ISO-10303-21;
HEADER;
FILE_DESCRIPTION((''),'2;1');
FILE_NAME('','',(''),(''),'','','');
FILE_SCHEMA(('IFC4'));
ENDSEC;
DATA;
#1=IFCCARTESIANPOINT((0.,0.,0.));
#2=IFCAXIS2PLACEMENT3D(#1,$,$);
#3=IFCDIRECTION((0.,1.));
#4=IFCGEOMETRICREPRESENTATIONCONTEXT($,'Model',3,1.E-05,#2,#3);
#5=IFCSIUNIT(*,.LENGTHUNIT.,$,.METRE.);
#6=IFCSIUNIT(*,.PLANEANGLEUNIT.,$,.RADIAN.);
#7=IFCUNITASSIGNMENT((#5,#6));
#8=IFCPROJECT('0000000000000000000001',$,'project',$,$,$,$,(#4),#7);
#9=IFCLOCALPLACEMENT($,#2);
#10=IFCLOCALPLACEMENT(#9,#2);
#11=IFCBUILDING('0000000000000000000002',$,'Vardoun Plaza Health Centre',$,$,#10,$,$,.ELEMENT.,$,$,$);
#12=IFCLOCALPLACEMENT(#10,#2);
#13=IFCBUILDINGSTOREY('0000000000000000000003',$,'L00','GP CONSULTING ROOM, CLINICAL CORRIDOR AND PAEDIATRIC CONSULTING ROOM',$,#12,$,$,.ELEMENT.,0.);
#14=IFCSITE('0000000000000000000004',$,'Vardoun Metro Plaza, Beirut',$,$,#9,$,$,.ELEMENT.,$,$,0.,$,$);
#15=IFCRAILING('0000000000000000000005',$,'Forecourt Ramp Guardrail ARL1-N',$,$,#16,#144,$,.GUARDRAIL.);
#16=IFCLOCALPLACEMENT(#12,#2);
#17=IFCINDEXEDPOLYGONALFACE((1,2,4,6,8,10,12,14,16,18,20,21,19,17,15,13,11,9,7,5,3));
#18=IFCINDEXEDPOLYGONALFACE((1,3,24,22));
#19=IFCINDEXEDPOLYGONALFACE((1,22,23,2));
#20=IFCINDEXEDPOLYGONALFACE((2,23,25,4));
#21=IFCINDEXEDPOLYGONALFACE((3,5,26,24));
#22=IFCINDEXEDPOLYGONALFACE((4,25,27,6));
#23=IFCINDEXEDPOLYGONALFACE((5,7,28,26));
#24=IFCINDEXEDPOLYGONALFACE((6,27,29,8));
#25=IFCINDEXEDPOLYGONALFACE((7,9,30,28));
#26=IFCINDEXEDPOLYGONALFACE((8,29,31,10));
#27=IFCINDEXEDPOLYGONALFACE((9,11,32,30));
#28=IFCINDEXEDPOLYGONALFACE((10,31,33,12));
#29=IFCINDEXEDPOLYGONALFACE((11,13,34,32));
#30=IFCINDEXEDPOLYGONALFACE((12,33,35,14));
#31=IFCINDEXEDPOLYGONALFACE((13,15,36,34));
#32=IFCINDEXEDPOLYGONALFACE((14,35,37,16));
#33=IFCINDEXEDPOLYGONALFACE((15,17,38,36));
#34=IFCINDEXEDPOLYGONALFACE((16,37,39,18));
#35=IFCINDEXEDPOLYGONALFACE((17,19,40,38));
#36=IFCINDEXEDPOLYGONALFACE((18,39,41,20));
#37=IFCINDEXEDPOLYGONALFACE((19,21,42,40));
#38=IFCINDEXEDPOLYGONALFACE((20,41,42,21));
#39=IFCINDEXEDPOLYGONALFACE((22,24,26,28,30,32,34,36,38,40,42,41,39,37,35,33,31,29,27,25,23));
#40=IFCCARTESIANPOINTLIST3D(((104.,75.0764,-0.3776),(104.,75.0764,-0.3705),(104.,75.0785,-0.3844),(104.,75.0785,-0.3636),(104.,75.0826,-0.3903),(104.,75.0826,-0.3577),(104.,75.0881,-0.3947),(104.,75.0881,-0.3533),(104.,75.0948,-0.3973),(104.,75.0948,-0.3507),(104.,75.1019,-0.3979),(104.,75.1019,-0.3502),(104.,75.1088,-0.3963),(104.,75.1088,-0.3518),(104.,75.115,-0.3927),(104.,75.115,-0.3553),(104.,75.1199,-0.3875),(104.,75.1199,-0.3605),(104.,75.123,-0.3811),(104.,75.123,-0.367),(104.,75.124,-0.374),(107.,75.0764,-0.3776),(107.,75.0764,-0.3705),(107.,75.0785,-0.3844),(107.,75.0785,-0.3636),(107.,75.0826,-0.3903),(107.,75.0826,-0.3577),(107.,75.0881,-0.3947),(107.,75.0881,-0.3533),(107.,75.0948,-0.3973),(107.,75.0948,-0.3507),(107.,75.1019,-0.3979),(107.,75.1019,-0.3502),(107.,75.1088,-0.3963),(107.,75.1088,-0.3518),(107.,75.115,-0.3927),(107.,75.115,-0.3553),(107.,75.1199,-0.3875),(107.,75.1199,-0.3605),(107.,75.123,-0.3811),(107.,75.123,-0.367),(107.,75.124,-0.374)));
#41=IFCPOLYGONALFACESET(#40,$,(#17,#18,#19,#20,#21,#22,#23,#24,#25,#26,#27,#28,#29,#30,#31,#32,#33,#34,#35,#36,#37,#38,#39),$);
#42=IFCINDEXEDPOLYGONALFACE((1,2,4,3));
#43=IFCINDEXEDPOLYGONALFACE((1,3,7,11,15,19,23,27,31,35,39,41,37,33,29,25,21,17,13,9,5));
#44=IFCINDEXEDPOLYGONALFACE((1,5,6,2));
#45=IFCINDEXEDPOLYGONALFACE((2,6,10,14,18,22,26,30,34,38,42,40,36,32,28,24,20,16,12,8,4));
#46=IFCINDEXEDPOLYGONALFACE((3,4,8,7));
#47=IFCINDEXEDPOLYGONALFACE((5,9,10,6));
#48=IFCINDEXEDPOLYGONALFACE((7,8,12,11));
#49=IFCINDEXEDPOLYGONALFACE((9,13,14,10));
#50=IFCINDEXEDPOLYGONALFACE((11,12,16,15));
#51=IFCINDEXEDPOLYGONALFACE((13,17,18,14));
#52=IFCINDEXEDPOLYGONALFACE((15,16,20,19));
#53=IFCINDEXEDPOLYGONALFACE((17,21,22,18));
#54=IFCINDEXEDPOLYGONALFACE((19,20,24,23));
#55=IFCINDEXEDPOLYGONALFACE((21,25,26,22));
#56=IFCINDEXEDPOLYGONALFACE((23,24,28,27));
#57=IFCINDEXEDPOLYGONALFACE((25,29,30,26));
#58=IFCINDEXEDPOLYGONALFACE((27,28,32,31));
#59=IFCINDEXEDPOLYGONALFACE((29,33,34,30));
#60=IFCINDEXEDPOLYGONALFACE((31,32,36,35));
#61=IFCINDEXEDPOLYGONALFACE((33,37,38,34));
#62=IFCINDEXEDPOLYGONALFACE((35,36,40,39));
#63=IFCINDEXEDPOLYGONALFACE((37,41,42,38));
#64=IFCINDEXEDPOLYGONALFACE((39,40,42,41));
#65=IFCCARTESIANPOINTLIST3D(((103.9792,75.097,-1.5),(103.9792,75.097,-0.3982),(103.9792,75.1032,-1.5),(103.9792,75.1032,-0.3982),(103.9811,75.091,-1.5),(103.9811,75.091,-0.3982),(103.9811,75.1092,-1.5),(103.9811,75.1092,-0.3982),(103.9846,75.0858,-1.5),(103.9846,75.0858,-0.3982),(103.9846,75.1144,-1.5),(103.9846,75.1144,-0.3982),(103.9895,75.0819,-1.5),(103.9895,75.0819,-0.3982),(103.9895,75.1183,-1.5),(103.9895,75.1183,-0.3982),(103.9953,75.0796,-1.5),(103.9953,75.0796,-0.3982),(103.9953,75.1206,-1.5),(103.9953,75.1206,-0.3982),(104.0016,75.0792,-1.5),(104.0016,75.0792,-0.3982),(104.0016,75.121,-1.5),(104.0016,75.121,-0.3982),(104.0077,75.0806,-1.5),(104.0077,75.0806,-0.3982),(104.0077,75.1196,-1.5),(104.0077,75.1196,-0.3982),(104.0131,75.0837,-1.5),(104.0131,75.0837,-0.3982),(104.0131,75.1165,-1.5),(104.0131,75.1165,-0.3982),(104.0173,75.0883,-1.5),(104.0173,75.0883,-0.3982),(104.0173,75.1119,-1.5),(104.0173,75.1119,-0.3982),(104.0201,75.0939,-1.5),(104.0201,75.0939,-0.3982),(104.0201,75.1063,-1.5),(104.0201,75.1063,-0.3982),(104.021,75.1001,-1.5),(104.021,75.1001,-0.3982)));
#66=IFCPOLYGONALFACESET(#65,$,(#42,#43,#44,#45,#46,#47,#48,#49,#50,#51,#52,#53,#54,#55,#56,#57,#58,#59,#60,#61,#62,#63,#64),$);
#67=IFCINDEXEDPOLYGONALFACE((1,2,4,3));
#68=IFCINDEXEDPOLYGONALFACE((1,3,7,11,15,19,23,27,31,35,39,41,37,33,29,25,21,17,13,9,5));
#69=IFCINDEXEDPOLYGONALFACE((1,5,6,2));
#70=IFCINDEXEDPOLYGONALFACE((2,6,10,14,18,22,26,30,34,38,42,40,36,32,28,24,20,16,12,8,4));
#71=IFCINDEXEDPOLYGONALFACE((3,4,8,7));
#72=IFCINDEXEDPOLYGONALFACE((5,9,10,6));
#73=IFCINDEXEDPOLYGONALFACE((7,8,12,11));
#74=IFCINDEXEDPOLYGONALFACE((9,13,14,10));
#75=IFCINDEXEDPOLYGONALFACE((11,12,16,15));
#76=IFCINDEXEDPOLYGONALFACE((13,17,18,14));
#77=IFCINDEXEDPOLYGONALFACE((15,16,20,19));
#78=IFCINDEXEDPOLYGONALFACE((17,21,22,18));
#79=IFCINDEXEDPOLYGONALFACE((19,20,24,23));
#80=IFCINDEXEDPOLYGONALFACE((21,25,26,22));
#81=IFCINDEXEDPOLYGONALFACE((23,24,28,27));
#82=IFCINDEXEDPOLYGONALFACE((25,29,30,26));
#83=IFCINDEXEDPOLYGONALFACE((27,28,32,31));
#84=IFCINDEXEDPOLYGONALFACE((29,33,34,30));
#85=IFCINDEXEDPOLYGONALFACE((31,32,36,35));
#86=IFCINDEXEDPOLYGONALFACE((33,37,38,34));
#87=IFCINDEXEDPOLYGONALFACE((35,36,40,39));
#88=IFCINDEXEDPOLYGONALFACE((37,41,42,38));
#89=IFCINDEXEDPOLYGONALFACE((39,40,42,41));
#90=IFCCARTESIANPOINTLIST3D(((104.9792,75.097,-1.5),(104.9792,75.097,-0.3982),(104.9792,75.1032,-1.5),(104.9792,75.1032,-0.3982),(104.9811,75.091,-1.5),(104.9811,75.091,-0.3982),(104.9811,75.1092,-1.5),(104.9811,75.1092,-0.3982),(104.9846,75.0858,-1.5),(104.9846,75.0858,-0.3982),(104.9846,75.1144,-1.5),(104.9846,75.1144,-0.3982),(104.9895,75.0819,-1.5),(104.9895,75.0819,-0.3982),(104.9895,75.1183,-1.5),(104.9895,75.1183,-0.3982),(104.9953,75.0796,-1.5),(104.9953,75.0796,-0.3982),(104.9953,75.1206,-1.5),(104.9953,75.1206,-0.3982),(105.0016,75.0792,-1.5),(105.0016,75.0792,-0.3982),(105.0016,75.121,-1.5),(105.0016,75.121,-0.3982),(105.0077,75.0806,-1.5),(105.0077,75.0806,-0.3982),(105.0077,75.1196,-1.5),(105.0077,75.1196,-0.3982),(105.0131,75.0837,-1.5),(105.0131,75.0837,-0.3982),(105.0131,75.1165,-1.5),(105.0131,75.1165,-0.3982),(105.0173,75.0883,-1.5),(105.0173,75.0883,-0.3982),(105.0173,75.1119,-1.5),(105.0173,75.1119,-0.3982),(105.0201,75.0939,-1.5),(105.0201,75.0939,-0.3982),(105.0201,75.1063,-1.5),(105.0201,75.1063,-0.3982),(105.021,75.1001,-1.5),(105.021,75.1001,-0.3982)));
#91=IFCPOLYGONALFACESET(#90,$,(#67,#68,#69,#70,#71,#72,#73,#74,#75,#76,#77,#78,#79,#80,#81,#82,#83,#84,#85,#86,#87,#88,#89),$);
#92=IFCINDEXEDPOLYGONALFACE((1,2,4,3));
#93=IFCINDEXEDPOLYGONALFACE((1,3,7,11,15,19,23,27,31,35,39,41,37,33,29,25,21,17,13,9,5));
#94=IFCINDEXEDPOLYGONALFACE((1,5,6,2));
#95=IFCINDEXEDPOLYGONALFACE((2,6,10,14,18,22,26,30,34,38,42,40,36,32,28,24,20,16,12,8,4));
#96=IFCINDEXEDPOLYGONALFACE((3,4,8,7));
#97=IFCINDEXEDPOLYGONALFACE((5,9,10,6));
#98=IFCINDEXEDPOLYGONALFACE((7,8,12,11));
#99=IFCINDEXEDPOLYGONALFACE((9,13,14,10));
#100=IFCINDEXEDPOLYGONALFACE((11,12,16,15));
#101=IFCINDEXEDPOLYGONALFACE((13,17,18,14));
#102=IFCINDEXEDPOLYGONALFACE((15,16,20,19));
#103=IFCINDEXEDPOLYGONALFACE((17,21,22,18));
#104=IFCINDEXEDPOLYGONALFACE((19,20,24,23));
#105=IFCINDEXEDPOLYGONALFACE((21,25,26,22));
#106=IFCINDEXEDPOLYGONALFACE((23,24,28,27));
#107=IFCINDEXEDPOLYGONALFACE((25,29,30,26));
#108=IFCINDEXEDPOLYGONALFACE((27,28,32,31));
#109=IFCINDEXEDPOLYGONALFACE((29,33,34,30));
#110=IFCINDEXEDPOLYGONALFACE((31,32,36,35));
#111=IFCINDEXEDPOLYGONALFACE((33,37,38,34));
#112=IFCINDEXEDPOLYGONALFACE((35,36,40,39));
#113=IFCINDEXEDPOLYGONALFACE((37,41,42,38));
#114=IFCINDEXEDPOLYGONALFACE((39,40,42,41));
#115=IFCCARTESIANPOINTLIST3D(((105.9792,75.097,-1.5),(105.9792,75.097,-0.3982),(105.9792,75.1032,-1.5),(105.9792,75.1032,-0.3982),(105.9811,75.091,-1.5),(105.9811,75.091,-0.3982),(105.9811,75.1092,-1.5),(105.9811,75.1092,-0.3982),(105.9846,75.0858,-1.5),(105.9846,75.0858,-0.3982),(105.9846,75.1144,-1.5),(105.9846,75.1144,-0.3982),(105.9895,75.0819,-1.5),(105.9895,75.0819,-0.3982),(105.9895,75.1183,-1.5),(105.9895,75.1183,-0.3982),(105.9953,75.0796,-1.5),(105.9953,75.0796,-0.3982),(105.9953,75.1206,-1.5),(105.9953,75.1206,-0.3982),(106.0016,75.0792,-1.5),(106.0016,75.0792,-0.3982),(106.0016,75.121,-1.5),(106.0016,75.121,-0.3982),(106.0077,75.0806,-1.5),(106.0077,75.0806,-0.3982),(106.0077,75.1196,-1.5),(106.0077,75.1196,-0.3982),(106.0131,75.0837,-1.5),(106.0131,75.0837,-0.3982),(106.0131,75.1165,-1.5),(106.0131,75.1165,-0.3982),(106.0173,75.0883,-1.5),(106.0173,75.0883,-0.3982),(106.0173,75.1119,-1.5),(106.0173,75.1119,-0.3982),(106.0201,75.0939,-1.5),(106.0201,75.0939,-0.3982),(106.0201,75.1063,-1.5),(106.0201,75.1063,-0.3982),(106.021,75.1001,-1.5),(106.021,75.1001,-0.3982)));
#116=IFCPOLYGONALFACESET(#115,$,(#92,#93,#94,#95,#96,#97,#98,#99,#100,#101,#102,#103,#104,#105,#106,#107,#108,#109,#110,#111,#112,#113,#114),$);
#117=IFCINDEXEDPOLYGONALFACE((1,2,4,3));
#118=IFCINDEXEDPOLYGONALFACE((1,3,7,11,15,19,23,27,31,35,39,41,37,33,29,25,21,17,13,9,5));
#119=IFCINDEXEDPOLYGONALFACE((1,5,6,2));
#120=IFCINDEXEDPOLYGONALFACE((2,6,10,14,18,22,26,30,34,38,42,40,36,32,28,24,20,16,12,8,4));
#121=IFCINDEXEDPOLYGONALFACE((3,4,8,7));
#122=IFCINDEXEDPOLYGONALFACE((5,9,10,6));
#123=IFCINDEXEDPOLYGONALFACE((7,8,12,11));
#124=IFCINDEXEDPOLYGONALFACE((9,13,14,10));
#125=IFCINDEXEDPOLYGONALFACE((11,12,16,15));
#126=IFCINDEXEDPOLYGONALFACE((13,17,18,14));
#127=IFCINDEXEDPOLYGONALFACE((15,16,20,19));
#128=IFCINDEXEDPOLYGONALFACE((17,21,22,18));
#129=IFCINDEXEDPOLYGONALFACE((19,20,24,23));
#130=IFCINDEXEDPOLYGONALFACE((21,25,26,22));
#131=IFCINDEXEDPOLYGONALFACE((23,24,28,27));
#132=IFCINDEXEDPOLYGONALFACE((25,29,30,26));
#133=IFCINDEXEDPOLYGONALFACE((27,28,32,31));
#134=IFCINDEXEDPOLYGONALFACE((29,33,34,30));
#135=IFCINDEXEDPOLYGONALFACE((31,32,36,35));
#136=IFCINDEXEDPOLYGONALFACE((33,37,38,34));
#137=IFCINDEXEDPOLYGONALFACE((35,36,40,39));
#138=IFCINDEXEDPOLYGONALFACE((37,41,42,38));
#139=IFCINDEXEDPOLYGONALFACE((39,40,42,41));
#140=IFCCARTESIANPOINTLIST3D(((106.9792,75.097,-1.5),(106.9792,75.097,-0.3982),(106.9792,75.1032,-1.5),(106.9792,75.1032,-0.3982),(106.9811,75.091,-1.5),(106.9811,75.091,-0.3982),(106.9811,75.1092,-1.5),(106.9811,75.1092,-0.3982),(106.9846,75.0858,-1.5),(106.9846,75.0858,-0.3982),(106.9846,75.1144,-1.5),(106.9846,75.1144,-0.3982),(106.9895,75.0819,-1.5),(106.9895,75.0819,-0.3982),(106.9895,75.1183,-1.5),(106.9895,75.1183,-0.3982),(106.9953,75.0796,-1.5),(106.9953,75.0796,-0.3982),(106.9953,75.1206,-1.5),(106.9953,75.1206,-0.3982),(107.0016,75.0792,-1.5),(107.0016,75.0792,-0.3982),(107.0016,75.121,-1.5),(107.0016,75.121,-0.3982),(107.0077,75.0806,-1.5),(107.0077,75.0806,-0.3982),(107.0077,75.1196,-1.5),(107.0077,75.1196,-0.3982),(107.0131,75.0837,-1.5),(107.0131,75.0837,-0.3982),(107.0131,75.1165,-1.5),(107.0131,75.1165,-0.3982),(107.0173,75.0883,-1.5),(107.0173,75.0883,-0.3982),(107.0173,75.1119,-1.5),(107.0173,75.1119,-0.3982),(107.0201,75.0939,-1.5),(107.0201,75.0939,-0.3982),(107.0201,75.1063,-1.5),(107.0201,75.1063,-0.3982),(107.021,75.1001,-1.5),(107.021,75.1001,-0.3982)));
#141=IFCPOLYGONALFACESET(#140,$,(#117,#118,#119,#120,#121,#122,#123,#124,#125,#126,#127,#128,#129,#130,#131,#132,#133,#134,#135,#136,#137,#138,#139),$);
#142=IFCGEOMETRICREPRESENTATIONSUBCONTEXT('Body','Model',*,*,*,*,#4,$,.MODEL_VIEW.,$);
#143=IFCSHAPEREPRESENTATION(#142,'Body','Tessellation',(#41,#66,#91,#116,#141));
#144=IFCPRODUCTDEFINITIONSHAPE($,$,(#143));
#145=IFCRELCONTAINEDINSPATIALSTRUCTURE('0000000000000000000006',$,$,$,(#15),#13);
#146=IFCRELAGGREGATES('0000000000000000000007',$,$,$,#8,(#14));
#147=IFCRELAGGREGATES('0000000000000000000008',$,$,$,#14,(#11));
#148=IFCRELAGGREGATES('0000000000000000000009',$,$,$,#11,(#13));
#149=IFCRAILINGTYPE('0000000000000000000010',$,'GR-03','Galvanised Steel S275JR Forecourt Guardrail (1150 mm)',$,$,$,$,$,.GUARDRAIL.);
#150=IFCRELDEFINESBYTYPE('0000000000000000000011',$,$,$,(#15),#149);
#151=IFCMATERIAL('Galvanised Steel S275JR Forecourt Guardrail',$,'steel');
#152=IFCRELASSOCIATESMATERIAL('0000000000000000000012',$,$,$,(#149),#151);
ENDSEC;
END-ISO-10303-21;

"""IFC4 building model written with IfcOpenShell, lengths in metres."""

from ifc_helpers import new_model, si_unit, direction, frame, origin, origin_2d, place, context, subcontext, project, spatial, circle, extrude, material, type_object, element, save


model = new_model("IFC4")

# Units and contexts
model_context = context("Model", 3, precision=1e-05, world=origin(), true_north=direction((0.0, 1.0)))
body_context = subcontext(model_context, "Body", "Model", "MODEL_VIEW")
ifc_project = project(units=[si_unit("LENGTHUNIT", "METRE"), si_unit("PLANEANGLEUNIT", "RADIAN")], contexts=[model_context])

# Site, building, storey
site_placement = place(None, origin())
site = spatial("IfcSite", under=ifc_project, at=site_placement, Name="Vardoun Metro Plaza, Beirut", CompositionType="ELEMENT", RefElevation=0.0)
building_placement = place(site_placement, origin())
building = spatial("IfcBuilding", under=site, at=building_placement, Name="Vardoun Plaza Health Centre", CompositionType="ELEMENT")
storey_placement = place(building_placement, origin())
storey = spatial("IfcBuildingStorey", under=building, at=storey_placement, Name="L00", Description="GP CONSULTING ROOM, CLINICAL CORRIDOR AND PAEDIATRIC CONSULTING ROOM", CompositionType="ELEMENT", Elevation=0.0)

# Railing
ifc_material_1 = material(Name="Galvanised Steel S275JR Forecourt Guardrail", Category="steel")
railing_type = type_object("IfcRailingType", Name="GR-03", Description="Galvanised Steel S275JR Forecourt Guardrail (1150 mm)", PredefinedType="GUARDRAIL", material=ifc_material_1)
for number, where, name in (
    (1, (104.0, 75.1001, -1.5), "Forecourt Ramp Guardrail ARL1-N"),
):
    element("IfcRailing", number, at=place(storey_placement, frame(where)), inside=storey, type_object=railing_type, Name=name, PredefinedType="GUARDRAIL", context=body_context, shape_type="SweptSolid", body=[
        extrude(circle(Radius=0.0239, at=origin_2d()), frame((0.0, 0.0, 1.126), z_axis=(1.0, 0.0, 0.0), x_axis=(0.0, 1.0, 0.0)), (0.0, 0.0, 1.0), 3.0),
        extrude(circle(Radius=0.021, at=origin_2d()), origin(), (0.0, 0.0, 1.0), 1.1018),
        extrude(circle(Radius=0.021, at=origin_2d()), frame((1.0, 0.0, 0.0)), (0.0, 0.0, 1.0), 1.1018),
        extrude(circle(Radius=0.021, at=origin_2d()), frame((2.0, 0.0, 0.0)), (0.0, 0.0, 1.0), 1.1018),
        extrude(circle(Radius=0.021, at=origin_2d()), frame((3.0, 0.0, 0.0)), (0.0, 0.0, 1.0), 1.1018),
    ])

save(model, "model.ifc")
